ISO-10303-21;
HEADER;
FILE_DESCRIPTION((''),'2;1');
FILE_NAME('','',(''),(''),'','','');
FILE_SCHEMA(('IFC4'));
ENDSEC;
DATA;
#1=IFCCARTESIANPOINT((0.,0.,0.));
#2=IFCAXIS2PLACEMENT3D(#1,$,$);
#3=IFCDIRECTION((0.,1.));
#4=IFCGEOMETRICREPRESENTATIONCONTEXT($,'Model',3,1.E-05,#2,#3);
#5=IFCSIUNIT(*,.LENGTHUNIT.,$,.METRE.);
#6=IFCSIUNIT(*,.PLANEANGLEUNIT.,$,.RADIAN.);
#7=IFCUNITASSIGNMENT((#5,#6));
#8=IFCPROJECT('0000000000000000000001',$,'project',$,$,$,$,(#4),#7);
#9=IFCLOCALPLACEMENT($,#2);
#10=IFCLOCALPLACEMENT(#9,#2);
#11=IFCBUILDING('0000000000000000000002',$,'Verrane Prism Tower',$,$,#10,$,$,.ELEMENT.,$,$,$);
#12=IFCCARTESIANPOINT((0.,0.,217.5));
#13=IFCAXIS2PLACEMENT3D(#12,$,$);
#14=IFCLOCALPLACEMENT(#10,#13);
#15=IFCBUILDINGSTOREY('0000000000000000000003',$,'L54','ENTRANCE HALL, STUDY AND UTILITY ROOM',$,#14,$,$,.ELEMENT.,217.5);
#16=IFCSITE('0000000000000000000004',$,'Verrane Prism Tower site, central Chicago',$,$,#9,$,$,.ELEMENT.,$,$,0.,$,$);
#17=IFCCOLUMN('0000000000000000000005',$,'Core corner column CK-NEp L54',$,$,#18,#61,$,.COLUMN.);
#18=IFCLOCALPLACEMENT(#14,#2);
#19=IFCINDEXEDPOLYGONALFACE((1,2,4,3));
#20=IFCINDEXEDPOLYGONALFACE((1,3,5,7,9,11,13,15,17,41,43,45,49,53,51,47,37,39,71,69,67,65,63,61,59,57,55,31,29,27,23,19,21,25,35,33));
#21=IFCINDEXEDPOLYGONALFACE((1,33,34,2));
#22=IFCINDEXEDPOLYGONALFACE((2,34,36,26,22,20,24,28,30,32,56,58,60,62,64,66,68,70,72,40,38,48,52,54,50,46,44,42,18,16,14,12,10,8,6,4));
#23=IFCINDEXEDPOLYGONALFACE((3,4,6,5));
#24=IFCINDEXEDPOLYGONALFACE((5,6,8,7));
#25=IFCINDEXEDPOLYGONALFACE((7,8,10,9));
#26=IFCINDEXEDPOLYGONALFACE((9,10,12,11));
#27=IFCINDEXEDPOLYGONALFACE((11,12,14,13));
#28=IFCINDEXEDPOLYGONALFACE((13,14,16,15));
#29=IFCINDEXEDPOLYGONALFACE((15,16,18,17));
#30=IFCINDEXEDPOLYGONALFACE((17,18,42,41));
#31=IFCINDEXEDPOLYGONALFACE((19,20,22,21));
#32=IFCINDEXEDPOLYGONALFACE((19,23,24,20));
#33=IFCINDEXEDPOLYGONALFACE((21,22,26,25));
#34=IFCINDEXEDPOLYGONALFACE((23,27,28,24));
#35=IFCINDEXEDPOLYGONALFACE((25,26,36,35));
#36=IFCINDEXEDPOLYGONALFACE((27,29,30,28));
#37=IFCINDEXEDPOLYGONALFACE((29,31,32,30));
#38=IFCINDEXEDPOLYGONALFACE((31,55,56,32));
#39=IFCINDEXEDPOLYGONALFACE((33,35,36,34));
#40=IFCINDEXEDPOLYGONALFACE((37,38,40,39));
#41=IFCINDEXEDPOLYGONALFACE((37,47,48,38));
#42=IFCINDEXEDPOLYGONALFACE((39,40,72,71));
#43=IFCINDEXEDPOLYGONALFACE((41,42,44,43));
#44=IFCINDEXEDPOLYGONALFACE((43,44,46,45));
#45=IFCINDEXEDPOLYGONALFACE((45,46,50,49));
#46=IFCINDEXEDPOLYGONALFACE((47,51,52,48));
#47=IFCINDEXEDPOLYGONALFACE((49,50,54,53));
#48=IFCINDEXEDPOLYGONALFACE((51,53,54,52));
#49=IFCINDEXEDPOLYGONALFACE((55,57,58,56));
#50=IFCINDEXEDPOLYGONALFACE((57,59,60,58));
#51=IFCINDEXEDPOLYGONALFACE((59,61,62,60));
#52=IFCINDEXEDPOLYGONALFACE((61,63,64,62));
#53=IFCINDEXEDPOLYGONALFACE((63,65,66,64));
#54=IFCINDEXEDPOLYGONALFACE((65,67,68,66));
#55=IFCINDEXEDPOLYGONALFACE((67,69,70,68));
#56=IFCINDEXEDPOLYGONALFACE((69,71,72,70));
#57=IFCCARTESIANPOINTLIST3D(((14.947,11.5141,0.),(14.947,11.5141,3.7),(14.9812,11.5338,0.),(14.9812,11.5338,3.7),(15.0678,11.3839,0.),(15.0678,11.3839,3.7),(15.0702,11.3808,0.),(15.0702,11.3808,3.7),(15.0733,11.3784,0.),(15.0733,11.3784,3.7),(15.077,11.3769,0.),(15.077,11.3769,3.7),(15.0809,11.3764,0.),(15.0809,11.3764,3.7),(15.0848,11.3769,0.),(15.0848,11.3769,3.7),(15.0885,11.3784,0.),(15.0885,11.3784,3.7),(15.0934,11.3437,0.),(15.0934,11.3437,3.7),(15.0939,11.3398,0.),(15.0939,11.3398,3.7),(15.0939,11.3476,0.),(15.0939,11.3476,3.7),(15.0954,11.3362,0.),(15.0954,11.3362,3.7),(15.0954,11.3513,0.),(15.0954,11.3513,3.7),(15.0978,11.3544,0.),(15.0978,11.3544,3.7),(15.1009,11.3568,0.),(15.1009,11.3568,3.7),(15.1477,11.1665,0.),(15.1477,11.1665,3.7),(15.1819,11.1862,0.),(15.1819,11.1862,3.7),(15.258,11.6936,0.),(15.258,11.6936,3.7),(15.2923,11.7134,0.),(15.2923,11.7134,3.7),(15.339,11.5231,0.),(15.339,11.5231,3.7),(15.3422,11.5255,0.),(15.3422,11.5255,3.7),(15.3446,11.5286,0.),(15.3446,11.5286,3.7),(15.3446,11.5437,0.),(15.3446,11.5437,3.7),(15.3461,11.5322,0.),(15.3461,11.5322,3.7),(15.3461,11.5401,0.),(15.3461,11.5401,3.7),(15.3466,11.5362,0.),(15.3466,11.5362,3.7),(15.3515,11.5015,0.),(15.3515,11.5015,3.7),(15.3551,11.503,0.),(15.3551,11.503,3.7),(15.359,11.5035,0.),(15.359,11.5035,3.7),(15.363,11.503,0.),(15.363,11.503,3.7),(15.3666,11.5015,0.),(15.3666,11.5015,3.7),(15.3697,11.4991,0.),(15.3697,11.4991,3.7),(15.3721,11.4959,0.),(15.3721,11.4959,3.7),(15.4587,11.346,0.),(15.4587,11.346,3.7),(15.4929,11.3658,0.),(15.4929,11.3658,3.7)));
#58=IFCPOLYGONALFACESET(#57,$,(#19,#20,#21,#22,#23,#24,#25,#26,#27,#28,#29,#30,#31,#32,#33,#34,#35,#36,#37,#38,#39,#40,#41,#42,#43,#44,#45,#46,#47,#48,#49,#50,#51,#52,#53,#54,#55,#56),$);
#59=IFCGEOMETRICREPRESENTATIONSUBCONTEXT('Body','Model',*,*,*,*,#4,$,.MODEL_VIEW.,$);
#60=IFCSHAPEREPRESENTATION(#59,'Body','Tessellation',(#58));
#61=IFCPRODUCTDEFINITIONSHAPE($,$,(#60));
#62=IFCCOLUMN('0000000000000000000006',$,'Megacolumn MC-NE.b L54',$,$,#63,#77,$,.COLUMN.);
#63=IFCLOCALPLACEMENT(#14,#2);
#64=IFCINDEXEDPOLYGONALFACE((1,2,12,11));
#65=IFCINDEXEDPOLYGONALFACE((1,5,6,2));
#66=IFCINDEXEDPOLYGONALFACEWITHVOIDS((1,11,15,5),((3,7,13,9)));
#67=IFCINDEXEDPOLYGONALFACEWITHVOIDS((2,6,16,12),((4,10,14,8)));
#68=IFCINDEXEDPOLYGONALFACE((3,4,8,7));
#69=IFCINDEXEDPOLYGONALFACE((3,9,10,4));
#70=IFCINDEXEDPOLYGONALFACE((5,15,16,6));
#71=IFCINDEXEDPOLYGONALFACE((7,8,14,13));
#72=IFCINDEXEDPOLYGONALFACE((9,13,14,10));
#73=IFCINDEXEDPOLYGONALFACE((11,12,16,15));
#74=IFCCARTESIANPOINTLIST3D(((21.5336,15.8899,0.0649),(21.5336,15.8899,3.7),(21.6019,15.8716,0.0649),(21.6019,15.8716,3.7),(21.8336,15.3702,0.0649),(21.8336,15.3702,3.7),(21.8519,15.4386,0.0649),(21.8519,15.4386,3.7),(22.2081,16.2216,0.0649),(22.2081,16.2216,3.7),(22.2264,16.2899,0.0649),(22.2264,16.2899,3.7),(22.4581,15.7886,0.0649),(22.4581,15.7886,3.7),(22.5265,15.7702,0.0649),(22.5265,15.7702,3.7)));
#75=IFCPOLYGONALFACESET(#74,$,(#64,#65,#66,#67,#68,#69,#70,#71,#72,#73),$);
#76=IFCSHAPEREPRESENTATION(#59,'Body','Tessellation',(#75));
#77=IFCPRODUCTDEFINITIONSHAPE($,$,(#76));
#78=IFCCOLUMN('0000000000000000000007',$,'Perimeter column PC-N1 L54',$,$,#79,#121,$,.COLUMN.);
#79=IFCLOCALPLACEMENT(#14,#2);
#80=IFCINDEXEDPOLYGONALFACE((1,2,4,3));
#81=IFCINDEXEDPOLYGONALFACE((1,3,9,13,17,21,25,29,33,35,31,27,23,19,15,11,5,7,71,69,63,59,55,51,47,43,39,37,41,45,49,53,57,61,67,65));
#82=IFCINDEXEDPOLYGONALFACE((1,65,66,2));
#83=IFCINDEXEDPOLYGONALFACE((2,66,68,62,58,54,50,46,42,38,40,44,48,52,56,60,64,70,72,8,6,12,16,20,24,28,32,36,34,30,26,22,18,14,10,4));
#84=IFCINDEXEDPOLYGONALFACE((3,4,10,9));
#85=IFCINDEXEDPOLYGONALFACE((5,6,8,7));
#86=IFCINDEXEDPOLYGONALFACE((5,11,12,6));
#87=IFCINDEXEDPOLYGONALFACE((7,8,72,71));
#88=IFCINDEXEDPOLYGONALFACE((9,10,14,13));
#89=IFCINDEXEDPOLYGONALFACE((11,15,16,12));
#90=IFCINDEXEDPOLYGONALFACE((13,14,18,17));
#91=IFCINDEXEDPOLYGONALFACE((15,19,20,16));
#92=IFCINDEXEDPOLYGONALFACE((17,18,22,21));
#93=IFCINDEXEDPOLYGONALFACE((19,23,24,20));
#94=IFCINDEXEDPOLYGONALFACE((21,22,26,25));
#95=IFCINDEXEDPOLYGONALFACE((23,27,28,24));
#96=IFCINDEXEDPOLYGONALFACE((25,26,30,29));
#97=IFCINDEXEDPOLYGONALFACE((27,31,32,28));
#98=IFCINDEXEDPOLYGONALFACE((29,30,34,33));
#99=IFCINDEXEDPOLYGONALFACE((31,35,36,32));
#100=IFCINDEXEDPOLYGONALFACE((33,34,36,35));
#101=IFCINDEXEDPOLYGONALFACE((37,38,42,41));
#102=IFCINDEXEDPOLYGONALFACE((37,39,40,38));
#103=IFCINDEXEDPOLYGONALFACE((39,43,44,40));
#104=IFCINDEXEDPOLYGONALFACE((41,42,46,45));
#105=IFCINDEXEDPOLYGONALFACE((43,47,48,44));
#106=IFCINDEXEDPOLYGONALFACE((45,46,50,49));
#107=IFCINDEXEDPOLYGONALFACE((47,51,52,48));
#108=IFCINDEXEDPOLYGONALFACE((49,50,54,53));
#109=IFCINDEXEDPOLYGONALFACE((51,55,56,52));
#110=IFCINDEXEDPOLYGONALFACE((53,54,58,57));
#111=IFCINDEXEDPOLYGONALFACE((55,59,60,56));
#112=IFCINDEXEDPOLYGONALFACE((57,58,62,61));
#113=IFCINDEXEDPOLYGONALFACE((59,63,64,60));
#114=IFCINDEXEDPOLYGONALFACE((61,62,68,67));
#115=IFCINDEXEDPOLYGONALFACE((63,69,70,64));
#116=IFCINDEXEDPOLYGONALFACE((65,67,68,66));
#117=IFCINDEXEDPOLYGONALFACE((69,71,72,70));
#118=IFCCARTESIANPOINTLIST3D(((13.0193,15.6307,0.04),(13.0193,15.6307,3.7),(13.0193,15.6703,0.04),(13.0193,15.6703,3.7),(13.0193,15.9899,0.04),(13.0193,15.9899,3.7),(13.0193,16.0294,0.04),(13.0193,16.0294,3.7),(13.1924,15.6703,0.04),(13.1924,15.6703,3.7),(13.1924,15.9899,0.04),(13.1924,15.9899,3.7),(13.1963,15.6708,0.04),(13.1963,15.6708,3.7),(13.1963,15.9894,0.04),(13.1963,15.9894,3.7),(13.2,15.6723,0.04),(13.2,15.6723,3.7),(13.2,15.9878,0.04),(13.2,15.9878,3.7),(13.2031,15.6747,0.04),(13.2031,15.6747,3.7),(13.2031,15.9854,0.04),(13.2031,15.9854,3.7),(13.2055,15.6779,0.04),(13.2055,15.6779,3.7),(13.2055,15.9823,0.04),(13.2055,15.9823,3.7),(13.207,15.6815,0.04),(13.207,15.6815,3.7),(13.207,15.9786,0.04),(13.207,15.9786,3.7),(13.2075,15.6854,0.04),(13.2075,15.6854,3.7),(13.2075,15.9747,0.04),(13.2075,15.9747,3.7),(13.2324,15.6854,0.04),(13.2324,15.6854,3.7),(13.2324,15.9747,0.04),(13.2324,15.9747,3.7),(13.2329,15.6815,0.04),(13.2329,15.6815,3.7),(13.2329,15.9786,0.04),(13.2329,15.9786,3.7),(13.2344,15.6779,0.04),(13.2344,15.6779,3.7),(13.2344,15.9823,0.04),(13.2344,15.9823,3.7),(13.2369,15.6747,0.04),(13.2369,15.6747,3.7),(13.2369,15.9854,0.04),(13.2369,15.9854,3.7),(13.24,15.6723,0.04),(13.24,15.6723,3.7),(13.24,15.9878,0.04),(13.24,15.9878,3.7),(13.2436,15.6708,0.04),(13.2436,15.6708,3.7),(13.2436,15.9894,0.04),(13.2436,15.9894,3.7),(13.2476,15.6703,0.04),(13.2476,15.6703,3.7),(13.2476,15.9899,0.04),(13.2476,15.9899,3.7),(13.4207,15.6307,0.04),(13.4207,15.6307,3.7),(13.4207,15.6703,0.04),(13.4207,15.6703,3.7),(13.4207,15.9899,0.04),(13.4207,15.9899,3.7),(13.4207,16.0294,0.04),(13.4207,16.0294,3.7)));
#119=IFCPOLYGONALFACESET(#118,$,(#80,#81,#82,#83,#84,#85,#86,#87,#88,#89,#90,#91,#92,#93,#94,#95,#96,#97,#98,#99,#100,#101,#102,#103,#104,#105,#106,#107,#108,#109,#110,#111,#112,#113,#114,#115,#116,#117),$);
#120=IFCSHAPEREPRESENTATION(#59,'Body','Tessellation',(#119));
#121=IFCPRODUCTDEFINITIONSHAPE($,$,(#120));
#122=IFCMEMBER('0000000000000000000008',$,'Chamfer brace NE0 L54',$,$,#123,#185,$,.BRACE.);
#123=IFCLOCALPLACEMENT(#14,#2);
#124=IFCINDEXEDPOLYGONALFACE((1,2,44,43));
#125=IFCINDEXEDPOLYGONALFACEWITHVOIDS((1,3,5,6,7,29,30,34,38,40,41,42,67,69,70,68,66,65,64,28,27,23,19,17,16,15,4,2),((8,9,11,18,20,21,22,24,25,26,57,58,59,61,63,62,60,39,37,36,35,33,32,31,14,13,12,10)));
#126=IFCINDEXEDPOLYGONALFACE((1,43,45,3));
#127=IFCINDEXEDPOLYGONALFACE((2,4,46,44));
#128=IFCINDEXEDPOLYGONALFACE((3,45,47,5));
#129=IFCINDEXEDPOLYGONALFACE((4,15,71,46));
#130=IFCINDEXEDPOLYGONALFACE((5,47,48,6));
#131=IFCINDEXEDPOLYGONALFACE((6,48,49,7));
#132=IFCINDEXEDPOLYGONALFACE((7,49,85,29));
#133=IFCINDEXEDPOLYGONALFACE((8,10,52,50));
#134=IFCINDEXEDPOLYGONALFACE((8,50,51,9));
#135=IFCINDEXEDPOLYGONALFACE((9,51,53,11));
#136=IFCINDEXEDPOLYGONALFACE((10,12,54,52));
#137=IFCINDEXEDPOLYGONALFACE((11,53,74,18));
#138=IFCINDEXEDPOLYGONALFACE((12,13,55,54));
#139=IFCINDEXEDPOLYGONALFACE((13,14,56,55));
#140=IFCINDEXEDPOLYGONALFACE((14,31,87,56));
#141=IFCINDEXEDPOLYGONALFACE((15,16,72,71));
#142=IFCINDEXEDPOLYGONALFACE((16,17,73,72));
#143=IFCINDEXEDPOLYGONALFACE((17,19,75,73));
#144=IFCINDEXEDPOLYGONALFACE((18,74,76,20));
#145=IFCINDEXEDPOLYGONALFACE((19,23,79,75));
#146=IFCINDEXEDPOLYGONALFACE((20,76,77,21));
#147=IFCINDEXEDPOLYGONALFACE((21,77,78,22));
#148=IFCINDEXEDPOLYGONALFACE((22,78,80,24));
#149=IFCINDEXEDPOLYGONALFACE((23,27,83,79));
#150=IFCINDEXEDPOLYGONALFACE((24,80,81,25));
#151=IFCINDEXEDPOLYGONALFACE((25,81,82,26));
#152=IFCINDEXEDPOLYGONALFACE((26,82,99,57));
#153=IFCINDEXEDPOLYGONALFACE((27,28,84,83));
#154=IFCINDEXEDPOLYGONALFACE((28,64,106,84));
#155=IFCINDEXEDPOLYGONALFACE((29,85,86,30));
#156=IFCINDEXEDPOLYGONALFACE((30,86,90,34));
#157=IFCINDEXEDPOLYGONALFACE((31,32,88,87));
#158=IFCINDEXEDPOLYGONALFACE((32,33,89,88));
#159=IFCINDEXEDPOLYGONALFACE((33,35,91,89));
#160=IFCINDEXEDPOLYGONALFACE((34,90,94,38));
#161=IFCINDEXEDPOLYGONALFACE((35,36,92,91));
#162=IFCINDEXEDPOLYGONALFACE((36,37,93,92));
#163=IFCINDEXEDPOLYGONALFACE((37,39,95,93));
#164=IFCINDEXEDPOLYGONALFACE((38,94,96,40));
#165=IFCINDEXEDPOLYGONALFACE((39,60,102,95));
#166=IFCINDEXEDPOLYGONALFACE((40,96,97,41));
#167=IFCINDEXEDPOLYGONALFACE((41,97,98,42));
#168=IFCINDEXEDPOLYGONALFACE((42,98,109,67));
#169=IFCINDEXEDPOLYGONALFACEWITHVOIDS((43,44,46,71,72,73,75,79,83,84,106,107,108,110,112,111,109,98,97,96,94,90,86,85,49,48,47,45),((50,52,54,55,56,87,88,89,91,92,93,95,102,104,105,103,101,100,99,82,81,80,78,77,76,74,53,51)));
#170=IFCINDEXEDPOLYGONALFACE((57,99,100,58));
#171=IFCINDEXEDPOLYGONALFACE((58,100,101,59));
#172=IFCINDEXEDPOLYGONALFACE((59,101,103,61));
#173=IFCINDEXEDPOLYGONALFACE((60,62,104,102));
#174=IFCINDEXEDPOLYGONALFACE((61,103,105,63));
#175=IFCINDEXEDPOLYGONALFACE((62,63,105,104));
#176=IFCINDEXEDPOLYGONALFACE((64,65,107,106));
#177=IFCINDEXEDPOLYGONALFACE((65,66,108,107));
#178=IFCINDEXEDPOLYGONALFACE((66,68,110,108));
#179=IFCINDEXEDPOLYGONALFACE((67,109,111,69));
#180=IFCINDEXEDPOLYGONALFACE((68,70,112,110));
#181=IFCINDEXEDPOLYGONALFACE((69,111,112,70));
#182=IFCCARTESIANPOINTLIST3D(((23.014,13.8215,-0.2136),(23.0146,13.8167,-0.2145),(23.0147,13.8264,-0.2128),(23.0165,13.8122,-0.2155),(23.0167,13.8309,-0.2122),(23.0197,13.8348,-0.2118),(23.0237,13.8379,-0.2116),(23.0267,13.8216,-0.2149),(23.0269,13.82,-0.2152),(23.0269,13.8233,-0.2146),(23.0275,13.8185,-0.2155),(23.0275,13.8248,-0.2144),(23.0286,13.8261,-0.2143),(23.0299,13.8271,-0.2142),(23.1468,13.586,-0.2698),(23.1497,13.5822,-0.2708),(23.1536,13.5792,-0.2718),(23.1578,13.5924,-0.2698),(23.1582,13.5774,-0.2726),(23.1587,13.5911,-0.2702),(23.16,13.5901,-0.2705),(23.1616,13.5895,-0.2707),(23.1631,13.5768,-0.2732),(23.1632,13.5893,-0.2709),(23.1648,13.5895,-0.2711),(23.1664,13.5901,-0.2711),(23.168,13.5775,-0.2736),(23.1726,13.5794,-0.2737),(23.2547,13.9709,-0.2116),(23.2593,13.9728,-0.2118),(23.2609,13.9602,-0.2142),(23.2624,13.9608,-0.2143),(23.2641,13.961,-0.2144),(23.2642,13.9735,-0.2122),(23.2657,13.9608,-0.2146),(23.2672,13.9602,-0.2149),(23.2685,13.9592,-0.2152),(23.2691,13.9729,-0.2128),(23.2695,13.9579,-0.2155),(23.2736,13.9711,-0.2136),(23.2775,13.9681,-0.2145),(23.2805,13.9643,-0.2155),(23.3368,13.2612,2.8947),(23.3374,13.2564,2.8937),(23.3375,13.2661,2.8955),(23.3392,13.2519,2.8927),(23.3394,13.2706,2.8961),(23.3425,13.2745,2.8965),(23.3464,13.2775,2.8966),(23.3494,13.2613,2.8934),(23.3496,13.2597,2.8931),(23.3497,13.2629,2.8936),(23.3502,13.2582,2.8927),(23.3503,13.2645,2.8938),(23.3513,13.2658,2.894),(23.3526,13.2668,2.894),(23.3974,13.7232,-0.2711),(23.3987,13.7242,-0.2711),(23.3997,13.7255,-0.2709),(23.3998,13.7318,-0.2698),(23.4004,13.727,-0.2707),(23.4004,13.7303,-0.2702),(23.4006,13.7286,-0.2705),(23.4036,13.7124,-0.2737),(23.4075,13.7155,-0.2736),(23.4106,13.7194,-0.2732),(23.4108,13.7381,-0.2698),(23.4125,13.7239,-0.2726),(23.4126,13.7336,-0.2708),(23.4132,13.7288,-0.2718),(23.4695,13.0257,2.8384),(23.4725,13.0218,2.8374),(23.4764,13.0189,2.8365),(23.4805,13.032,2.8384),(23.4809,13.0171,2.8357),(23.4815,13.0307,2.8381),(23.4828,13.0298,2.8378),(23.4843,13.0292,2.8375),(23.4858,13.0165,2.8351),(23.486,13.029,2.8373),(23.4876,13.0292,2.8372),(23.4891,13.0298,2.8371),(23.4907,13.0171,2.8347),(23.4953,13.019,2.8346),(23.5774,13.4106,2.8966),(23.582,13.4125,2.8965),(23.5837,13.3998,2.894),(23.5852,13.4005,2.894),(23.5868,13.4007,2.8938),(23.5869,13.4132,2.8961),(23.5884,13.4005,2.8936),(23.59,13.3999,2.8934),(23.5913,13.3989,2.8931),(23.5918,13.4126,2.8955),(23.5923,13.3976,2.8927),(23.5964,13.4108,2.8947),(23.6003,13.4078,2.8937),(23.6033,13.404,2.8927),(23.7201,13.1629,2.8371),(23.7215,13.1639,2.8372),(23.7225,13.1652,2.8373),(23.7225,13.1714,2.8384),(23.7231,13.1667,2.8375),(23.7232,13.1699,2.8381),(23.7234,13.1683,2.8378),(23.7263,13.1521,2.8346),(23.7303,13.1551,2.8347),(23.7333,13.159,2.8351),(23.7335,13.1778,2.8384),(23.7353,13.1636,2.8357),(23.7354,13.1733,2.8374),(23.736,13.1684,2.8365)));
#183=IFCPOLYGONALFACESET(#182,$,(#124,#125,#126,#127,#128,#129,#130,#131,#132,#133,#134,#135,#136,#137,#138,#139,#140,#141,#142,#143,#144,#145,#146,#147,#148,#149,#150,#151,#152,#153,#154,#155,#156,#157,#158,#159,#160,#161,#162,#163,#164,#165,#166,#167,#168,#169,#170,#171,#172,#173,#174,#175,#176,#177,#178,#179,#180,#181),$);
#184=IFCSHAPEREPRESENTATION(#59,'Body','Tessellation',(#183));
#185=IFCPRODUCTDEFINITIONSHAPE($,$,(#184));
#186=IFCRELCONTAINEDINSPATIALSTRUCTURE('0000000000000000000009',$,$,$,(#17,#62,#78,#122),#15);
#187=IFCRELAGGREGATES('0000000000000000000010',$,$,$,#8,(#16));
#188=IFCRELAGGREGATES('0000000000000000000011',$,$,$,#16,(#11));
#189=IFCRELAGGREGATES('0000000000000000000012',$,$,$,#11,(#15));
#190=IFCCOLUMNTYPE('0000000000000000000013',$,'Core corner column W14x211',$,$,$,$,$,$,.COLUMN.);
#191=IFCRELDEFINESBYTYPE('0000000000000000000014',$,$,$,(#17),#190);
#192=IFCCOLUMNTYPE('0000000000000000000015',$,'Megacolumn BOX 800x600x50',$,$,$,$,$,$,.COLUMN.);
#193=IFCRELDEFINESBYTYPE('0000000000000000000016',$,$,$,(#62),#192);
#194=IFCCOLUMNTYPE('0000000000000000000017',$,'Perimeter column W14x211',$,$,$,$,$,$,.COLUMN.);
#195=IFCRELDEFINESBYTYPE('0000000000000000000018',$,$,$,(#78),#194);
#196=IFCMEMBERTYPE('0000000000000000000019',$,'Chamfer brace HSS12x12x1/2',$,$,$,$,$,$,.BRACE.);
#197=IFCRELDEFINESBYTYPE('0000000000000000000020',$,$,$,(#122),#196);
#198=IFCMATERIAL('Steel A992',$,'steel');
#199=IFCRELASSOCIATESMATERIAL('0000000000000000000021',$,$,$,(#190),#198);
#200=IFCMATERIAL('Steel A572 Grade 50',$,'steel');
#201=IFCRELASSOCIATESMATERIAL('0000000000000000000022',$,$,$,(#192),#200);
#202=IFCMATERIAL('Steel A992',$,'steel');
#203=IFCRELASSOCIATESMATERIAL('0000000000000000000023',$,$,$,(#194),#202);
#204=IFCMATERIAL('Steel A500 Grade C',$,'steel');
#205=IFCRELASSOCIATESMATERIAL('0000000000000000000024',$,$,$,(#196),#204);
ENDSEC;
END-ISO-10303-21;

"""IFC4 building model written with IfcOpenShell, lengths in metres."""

from ifc_helpers import new_model, si_unit, direction, frame, origin, origin_2d, place, context, subcontext, project, spatial, hollow_rectangle, i_section, extrude, material, material_profile, profile_set, type_object, element, save


model = new_model("IFC4")

# Units and contexts
model_context = context("Model", 3, precision=1e-05, world=origin(), true_north=direction((0.0, 1.0)))
body_context = subcontext(model_context, "Body", "Model", "MODEL_VIEW")
ifc_project = project(units=[si_unit("LENGTHUNIT", "METRE"), si_unit("PLANEANGLEUNIT", "RADIAN")], contexts=[model_context])

# Site, building, storey
site_placement = place(None, origin())
site = spatial("IfcSite", under=ifc_project, at=site_placement, Name="Verrane Prism Tower site, central Chicago", CompositionType="ELEMENT", RefElevation=0.0)
building_placement = place(site_placement, origin())
building = spatial("IfcBuilding", under=site, at=building_placement, Name="Verrane Prism Tower", CompositionType="ELEMENT")
storey_placement = place(building_placement, frame((0.0, 0.0, 217.5)))
storey = spatial("IfcBuildingStorey", under=building, at=storey_placement, Name="L54", Description="ENTRANCE HALL, STUDY AND UTILITY ROOM", CompositionType="ELEMENT", Elevation=217.5)

# Columns
ifc_material_1 = material(Name="Steel A992", Category="steel")
ifc_material_profile_1 = material_profile(ifc_material_1, i_section(OverallWidth=0.4014, OverallDepth=0.3987, WebThickness=0.0249, FlangeThickness=0.0396, FilletRadius=0.0151, at=origin_2d()), Name="W14x211")
ifc_profile_set_1 = profile_set([ifc_material_profile_1], Name="Steel A992")
column_type_1 = type_object("IfcColumnType", Name="Core corner column W14x211", PredefinedType="COLUMN", material=ifc_profile_set_1)
column_1_placement = place(storey_placement, frame((15.22, 11.4399, 0.0), z_axis=(0.0, 0.0, 1.0), x_axis=(0.5, -0.866025, 0.0)))
element("IfcColumn", 1, at=column_1_placement, inside=storey, type_object=column_type_1, Name="Core corner column CK-NEp L54", PredefinedType="COLUMN", context=body_context, shape_type="SweptSolid", body=[
    extrude(i_section(OverallWidth=0.4014, OverallDepth=0.3987, WebThickness=0.0249, FlangeThickness=0.0396, FilletRadius=0.0151, at=origin_2d()), origin(), (0.0, 0.0, 1.0), 3.7),
])
ifc_material_2 = material(Name="Steel A572 Grade 50", Category="steel")
ifc_material_profile_2 = material_profile(ifc_material_2, hollow_rectangle(XDim=0.6001, YDim=0.8, WallThickness=0.05, at=origin_2d()), Name="BOX 800x600x50")
ifc_profile_set_2 = profile_set([ifc_material_profile_2], Name="Steel A572 Grade 50")
column_type_2 = type_object("IfcColumnType", Name="Megacolumn BOX 800x600x50", PredefinedType="COLUMN", material=ifc_profile_set_2)
column_2_placement = place(storey_placement, frame((22.03, 15.8301, 0.0649), z_axis=(0.0, 0.0, 1.0), x_axis=(0.5, -0.866025, 0.0)))
element("IfcColumn", 2, at=column_2_placement, inside=storey, type_object=column_type_2, Name="Megacolumn MC-NE.b L54", PredefinedType="COLUMN", context=body_context, shape_type="SweptSolid", body=[
    extrude(hollow_rectangle(XDim=0.6001, YDim=0.8, WallThickness=0.05, at=origin_2d()), origin(), (0.0, 0.0, 1.0), 3.635),
])
ifc_material_3 = material(Name="Steel A992", Category="steel")
ifc_material_profile_3 = material_profile(ifc_material_3, i_section(OverallWidth=0.4014, OverallDepth=0.3987, WebThickness=0.0249, FlangeThickness=0.0396, FilletRadius=0.0151, at=origin_2d()), Name="W14x211")
ifc_profile_set_3 = profile_set([ifc_material_profile_3], Name="Steel A992")
column_type_3 = type_object("IfcColumnType", Name="Perimeter column W14x211", PredefinedType="COLUMN", material=ifc_profile_set_3)
column_3_placement = place(storey_placement, frame((13.22, 15.8301, 0.04), z_axis=(0.0, 0.0, 1.0), x_axis=(1.0, 0.0, 0.0)))
element("IfcColumn", 3, at=column_3_placement, inside=storey, type_object=column_type_3, Name="Perimeter column PC-N1 L54", PredefinedType="COLUMN", context=body_context, shape_type="SweptSolid", body=[
    extrude(i_section(OverallWidth=0.4014, OverallDepth=0.3987, WebThickness=0.0249, FlangeThickness=0.0396, FilletRadius=0.0151, at=origin_2d()), origin(), (0.0, 0.0, 1.0), 3.6599),
])

# Member
ifc_material_4 = material(Name="Steel A500 Grade C", Category="steel")
ifc_material_profile_4 = material_profile(ifc_material_4, hollow_rectangle(XDim=0.3047, YDim=0.3047, WallThickness=0.0127, InnerFilletRadius=0.0063, OuterFilletRadius=0.019, at=origin_2d()), Name="HSS12x12x1/2")
ifc_profile_set_4 = profile_set([ifc_material_profile_4], Name="Steel A500 Grade C")
member_type_1 = type_object("IfcMemberType", Name="Chamfer brace HSS12x12x1/2", PredefinedType="BRACE", material=ifc_profile_set_4)
member_1_placement = place(storey_placement, frame((23.2136, 13.7751, -0.2427), z_axis=(0.101664, -0.17649, 0.979038), x_axis=(0.866519, 0.499145, 0.0)))
element("IfcMember", 4, at=member_1_placement, inside=storey, type_object=member_type_1, Name="Chamfer brace NE0 L54", PredefinedType="BRACE", context=body_context, shape_type="SweptSolid", body=[
    extrude(hollow_rectangle(XDim=0.3047, YDim=0.3047, WallThickness=0.0127, InnerFilletRadius=0.0063, OuterFilletRadius=0.019, at=origin_2d()), origin(), (0.0, 0.0, 1.0), 3.1748),
])

save(model, "model.ifc")
